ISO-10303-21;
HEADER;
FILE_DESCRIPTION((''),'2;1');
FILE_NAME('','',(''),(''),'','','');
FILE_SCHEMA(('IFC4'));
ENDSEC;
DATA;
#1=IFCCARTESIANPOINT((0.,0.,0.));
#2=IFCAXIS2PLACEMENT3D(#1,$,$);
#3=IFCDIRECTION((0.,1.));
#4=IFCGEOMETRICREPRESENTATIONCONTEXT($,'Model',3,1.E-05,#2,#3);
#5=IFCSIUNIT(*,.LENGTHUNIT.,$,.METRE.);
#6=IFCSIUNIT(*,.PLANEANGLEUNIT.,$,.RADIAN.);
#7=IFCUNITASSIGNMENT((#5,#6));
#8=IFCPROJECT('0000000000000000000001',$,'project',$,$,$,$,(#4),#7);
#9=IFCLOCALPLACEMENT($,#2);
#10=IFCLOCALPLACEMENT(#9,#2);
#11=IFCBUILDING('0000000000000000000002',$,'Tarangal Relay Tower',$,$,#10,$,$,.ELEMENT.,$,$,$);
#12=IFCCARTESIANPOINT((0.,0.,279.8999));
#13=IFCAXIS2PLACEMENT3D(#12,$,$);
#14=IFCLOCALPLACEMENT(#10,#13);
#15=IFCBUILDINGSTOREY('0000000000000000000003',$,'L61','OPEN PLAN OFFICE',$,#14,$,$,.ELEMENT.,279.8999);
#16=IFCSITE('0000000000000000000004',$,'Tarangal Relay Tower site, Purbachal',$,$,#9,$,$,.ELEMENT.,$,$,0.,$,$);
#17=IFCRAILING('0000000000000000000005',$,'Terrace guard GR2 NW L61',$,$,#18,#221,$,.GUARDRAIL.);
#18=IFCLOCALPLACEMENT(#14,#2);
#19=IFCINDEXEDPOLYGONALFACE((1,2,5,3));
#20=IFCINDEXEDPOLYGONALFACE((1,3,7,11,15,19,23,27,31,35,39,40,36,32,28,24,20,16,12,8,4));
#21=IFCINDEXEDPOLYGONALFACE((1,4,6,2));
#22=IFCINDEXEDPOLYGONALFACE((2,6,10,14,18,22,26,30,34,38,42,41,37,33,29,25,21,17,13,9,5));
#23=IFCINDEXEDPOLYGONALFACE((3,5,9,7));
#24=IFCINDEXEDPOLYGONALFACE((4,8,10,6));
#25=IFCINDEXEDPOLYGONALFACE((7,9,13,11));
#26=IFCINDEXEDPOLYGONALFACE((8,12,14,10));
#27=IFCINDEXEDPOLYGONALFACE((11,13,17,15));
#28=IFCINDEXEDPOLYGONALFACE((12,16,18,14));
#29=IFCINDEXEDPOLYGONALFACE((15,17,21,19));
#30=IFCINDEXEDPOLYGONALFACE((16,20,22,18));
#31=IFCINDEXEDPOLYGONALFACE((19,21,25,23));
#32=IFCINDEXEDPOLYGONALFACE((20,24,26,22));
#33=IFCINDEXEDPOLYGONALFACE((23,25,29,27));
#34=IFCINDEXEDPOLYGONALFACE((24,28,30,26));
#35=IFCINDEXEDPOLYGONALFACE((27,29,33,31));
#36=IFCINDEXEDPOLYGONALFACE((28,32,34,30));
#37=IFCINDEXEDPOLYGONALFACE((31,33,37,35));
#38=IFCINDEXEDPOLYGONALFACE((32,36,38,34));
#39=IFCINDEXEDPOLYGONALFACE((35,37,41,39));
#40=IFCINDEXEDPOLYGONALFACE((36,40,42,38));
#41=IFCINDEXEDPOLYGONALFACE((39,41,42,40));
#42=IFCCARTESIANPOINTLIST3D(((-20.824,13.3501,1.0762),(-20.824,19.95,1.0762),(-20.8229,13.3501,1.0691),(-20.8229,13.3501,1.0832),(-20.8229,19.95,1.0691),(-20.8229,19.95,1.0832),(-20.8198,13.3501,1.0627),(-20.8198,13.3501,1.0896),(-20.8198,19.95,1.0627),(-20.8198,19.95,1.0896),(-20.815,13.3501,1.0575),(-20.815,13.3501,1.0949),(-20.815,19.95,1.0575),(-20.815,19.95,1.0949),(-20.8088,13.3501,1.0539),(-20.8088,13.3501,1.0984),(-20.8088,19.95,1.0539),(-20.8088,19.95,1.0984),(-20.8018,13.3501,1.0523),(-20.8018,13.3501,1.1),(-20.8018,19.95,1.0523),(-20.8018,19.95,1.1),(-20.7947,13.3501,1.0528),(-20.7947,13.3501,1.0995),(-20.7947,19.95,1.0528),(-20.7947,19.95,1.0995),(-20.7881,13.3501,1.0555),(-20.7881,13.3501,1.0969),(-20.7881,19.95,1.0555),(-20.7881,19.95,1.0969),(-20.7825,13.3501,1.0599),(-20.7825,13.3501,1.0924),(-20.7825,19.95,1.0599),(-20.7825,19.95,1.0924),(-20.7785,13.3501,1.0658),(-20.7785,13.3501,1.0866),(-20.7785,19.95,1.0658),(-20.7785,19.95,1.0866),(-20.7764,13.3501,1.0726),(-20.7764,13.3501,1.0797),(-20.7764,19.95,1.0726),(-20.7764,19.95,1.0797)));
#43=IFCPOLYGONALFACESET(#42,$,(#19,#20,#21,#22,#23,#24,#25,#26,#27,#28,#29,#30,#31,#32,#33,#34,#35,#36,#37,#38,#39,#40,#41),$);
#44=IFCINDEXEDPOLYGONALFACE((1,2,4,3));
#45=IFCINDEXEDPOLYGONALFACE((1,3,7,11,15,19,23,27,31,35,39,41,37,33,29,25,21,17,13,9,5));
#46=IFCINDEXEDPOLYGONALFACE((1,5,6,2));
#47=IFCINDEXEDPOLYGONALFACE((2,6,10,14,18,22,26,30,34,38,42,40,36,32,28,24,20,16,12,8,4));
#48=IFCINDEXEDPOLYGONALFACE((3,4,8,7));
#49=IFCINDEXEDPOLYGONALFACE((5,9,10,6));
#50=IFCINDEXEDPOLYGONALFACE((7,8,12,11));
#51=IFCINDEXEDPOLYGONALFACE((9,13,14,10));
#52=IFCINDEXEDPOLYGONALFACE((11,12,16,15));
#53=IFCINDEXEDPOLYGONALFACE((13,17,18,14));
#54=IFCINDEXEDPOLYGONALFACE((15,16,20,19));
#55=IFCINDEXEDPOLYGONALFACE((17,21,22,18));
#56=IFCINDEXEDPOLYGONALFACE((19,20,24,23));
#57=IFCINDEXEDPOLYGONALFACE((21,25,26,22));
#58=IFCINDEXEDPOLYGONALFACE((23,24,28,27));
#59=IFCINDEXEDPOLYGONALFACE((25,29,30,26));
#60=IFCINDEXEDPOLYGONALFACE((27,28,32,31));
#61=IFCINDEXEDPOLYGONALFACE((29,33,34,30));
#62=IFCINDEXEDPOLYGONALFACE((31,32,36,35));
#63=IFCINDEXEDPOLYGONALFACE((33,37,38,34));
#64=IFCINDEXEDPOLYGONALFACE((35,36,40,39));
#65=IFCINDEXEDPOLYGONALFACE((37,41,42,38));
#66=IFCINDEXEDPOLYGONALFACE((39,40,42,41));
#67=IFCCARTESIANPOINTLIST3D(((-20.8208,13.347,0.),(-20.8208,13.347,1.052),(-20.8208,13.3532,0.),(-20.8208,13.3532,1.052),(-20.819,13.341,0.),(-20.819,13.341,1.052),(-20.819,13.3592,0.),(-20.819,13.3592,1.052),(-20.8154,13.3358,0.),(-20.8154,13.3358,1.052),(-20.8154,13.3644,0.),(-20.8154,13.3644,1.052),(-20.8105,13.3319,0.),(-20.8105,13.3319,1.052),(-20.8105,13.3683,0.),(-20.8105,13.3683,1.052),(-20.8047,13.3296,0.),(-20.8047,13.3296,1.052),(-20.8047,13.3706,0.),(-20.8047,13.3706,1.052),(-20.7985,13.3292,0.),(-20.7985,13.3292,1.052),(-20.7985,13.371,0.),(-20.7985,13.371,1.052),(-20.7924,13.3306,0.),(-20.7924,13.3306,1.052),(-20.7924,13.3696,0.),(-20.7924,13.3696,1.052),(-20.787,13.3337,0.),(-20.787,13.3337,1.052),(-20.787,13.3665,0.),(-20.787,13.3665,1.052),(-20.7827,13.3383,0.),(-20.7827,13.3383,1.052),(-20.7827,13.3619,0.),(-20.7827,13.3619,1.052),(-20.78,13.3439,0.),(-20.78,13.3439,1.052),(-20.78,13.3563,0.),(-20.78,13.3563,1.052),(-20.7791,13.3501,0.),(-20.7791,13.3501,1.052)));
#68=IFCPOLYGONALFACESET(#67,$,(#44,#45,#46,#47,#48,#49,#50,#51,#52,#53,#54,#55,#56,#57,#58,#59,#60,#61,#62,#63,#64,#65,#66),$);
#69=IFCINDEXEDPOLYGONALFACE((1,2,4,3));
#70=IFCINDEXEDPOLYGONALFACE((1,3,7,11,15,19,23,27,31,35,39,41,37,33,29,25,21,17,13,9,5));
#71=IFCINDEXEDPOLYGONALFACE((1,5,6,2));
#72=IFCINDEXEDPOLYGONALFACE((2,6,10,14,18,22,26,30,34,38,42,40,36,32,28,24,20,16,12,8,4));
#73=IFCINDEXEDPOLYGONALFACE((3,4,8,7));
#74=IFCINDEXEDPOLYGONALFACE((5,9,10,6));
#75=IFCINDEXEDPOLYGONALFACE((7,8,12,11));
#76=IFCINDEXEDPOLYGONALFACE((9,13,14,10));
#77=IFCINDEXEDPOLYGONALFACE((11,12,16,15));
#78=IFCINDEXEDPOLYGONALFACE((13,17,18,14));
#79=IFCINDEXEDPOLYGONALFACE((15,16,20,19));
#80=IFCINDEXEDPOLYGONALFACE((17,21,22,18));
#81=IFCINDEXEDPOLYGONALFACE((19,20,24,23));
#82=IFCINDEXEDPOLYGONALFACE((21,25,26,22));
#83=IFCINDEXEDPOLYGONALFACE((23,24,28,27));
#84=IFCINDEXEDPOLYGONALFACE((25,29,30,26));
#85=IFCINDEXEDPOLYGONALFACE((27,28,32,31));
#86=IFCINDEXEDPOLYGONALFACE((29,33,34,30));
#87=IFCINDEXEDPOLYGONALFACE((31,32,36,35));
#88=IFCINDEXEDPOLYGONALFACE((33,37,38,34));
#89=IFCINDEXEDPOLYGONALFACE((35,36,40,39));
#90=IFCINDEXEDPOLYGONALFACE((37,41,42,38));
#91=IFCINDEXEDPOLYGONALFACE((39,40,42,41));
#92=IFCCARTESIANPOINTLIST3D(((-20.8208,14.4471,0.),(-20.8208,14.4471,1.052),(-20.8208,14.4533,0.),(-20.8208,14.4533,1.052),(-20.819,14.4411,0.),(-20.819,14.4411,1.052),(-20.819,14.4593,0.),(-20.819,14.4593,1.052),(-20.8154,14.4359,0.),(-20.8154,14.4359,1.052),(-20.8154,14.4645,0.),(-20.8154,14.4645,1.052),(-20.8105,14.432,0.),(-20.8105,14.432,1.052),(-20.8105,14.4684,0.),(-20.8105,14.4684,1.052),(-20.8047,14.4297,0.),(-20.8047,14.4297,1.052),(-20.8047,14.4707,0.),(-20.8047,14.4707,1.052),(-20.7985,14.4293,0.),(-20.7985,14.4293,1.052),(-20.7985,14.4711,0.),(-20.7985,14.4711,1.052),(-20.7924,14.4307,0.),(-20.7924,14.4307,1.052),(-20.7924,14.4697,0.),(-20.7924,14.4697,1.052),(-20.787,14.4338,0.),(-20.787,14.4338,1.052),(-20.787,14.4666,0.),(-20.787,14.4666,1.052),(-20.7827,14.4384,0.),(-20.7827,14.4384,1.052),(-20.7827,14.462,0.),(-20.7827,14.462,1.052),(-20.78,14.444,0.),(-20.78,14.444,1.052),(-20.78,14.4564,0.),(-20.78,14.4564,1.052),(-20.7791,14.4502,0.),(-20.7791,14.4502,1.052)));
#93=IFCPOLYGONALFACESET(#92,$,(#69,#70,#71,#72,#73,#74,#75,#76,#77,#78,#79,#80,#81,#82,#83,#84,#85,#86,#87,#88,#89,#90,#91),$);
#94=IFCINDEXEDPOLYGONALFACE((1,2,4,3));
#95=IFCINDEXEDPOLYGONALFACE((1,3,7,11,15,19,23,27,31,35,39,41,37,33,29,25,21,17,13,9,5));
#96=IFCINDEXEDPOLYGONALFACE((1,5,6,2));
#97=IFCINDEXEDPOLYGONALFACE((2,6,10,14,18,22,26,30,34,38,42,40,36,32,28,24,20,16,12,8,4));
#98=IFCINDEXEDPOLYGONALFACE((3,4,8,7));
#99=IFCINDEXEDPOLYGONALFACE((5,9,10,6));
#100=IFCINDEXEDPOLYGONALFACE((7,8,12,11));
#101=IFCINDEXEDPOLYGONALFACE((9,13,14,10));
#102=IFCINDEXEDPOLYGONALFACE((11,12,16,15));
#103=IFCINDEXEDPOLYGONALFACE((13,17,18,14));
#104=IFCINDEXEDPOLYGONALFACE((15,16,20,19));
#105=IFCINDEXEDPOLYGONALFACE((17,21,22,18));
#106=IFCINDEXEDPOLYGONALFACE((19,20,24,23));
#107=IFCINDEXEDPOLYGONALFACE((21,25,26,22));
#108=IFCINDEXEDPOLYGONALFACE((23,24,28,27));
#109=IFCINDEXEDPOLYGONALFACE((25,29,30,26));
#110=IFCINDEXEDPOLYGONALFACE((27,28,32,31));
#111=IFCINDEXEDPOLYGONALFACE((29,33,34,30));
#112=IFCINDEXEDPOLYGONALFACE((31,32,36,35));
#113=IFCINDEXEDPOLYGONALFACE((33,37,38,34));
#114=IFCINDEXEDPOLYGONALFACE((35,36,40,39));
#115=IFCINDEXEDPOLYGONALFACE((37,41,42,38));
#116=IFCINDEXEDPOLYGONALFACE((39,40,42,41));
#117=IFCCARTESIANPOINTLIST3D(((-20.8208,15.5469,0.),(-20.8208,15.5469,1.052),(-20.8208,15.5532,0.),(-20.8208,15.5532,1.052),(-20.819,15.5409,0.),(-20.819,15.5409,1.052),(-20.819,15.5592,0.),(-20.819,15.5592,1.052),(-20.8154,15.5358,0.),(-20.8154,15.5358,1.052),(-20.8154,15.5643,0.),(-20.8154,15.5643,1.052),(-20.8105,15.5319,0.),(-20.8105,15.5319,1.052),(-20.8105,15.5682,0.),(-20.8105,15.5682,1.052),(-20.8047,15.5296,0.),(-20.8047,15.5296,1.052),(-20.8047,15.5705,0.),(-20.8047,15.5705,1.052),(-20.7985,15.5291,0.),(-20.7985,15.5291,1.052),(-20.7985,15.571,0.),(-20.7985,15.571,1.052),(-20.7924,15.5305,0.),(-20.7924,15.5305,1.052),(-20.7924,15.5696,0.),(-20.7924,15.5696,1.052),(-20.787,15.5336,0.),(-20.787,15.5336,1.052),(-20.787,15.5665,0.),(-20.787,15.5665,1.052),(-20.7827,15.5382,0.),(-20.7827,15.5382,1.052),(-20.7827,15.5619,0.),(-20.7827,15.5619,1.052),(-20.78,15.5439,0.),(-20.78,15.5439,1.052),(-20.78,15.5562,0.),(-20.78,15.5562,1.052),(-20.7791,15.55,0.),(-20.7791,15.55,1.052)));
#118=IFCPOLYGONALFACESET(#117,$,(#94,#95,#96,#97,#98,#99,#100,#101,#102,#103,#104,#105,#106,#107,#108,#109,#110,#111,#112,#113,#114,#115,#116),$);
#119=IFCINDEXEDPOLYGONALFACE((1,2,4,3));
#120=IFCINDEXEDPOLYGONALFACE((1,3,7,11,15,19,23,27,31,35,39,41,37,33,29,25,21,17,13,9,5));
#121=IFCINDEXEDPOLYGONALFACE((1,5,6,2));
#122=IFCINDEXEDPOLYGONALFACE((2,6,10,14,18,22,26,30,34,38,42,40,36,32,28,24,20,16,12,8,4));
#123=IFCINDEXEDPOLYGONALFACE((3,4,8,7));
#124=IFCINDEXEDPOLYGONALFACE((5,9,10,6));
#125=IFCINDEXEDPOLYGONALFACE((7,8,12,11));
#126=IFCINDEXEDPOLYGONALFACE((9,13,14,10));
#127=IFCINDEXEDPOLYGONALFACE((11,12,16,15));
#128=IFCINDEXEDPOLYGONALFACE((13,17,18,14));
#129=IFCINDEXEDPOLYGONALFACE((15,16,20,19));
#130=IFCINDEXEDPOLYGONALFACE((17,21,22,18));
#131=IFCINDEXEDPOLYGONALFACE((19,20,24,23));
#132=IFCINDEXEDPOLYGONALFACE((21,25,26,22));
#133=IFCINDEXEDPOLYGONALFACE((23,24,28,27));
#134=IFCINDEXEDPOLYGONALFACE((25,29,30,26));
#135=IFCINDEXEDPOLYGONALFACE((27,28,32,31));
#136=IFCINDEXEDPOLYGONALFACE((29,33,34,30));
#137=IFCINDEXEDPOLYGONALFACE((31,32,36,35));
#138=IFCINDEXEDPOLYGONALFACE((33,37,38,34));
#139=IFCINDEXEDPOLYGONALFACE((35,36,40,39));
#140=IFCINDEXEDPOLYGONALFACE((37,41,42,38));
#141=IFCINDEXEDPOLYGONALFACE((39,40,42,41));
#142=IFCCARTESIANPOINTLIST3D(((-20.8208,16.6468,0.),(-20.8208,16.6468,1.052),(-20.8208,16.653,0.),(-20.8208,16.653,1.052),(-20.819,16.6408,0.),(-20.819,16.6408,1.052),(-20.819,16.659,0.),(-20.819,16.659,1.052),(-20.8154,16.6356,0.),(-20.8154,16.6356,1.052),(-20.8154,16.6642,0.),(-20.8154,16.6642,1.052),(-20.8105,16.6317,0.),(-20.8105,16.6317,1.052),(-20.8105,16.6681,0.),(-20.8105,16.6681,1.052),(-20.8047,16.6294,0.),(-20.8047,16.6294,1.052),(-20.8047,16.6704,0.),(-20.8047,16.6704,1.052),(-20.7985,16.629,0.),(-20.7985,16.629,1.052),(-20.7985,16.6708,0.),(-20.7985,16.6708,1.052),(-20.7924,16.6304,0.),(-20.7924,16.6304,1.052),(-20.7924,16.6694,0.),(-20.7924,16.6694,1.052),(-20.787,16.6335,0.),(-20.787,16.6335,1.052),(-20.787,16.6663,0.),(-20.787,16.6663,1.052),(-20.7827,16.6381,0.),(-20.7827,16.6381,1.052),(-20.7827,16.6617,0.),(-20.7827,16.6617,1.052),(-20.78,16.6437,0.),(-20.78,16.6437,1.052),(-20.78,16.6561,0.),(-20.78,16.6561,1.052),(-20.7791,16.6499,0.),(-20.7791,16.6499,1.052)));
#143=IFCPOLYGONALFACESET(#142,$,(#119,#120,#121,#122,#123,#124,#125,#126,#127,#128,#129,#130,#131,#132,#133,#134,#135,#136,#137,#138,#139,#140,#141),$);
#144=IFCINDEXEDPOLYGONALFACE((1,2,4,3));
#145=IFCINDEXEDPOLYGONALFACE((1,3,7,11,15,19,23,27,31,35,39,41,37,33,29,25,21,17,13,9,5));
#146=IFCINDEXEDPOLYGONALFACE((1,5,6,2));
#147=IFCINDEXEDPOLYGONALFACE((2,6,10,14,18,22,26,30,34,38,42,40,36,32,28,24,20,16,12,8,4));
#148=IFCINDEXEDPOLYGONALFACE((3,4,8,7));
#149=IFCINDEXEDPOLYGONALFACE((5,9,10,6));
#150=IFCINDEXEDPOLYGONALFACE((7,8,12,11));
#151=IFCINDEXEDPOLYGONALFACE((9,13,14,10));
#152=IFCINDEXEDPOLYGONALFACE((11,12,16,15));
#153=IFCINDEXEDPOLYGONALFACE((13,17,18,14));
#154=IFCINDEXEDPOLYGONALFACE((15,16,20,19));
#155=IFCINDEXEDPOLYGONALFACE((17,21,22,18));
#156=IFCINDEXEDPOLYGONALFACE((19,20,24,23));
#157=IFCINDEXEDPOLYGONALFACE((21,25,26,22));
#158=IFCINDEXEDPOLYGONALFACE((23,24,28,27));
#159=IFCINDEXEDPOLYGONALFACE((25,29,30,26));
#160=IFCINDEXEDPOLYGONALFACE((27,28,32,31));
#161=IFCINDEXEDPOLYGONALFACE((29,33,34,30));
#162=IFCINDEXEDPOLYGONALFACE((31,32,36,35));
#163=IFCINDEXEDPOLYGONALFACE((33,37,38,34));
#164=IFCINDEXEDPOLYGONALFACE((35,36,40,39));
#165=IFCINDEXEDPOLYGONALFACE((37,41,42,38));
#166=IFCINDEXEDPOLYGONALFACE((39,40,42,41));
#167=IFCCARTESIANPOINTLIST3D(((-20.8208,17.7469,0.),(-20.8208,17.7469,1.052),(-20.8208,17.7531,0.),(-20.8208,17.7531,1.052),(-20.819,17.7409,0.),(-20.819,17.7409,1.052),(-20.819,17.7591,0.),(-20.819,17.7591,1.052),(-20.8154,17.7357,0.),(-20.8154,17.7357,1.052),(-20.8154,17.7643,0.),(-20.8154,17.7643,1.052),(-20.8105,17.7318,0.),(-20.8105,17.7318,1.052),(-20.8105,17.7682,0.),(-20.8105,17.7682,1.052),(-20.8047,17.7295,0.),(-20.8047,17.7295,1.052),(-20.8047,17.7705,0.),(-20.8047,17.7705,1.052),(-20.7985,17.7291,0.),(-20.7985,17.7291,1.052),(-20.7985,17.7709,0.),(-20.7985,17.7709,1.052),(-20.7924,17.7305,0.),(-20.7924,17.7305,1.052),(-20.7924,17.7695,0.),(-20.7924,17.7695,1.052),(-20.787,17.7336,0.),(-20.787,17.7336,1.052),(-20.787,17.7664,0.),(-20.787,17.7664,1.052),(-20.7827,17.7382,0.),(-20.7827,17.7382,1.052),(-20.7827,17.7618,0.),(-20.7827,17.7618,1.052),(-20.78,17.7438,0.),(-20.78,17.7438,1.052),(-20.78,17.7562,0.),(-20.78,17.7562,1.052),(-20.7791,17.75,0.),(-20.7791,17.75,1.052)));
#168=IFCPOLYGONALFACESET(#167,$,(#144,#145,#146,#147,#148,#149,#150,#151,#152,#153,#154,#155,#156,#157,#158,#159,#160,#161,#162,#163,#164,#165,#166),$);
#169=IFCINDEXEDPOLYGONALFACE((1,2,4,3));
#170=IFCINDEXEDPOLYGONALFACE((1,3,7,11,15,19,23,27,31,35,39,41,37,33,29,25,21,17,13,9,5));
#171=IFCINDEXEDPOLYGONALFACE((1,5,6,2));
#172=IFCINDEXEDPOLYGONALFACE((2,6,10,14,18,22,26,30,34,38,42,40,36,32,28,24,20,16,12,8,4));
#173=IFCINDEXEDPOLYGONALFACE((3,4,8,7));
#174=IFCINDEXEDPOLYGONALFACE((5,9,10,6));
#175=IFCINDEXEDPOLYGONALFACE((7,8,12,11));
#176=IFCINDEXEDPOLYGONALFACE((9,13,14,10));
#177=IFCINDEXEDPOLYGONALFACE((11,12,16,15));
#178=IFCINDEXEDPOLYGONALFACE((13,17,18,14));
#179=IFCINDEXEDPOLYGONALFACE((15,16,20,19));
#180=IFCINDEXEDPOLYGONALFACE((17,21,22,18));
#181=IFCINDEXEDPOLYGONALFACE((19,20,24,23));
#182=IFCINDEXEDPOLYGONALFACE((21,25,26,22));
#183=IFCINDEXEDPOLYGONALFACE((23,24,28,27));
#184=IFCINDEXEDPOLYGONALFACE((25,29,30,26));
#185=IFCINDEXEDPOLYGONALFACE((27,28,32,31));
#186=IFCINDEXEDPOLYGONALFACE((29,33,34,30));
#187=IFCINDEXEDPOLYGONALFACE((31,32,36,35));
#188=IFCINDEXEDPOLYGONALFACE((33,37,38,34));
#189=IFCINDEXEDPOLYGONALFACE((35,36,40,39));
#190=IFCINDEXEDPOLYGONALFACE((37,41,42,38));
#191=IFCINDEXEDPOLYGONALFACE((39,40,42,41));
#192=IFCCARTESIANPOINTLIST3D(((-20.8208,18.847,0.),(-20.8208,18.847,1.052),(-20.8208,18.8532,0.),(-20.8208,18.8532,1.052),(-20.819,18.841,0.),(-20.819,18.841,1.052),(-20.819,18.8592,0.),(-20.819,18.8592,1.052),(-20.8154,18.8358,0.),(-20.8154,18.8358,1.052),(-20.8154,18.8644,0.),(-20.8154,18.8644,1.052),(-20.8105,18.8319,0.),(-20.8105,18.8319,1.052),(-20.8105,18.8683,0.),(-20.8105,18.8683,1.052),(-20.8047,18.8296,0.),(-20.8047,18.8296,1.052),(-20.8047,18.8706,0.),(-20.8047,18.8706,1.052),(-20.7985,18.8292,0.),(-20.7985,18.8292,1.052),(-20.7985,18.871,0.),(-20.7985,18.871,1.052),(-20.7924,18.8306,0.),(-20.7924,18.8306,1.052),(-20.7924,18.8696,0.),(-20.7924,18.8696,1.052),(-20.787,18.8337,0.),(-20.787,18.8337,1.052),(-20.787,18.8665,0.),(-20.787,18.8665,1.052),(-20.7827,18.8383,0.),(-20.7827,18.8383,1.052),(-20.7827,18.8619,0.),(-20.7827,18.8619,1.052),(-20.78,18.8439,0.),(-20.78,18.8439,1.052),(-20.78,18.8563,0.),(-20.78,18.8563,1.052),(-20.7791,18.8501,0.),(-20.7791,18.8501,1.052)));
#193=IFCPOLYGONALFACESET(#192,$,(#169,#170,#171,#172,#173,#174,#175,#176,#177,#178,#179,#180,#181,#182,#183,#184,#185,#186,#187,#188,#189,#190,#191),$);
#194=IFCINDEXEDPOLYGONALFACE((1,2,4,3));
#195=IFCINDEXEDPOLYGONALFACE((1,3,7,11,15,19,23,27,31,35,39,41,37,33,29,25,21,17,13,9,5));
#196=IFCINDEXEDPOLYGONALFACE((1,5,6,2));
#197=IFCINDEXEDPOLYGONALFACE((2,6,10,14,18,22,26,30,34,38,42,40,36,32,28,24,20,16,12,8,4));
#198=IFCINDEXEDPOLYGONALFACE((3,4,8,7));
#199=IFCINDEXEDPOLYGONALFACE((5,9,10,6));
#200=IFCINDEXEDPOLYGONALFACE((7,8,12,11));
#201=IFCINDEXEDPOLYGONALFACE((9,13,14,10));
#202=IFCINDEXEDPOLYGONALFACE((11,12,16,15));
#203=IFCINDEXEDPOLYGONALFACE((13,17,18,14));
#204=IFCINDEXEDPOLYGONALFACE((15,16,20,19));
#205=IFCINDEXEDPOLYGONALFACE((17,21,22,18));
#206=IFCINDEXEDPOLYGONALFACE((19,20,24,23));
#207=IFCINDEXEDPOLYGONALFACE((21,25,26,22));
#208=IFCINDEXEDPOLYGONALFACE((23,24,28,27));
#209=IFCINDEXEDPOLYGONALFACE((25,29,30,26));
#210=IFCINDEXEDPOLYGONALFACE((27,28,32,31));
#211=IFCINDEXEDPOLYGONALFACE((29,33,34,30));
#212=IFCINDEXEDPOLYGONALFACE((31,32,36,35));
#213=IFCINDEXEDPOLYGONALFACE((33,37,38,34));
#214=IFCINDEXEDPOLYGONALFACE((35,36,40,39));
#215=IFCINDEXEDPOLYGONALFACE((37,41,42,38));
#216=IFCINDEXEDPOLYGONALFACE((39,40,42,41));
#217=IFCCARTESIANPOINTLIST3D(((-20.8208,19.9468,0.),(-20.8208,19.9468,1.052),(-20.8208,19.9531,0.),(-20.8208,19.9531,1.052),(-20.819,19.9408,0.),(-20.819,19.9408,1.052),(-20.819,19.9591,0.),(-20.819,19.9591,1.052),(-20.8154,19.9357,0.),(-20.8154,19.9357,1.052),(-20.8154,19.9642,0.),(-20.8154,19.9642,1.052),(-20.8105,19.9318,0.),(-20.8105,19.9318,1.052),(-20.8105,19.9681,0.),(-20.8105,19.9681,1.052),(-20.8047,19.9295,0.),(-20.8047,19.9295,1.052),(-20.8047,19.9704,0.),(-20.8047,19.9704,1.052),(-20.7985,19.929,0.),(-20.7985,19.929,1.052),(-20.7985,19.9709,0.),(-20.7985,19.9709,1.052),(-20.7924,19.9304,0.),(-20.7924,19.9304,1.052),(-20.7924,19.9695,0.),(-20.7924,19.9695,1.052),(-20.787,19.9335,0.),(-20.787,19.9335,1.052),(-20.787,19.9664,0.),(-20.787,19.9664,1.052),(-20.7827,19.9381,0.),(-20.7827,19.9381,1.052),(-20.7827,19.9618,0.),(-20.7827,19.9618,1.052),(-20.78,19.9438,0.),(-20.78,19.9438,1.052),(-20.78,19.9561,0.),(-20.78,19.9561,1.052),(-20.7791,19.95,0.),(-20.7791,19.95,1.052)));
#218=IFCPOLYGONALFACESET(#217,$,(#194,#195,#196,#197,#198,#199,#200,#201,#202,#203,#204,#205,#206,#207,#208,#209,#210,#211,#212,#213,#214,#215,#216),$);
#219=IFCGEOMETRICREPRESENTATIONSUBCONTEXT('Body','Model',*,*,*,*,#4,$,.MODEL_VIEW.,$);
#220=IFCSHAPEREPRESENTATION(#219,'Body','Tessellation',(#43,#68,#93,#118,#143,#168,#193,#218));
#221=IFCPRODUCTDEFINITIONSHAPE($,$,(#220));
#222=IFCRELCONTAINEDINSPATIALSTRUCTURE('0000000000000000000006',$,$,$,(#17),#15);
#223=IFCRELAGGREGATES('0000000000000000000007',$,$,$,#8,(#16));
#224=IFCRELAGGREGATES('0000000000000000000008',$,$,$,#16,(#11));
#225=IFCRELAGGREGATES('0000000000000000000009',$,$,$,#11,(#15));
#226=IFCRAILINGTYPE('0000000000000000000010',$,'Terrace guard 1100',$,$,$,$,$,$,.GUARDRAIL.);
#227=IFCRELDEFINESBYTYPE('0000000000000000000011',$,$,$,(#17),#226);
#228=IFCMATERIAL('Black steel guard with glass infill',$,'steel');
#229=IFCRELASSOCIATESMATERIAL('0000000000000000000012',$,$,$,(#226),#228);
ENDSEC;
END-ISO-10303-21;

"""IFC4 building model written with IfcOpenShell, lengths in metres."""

from ifc_helpers import new_model, si_unit, direction, frame, origin, origin_2d, place, context, subcontext, project, spatial, circle, extrude, material, type_object, element, save


model = new_model("IFC4")

# Units and contexts
model_context = context("Model", 3, precision=1e-05, world=origin(), true_north=direction((0.0, 1.0)))
body_context = subcontext(model_context, "Body", "Model", "MODEL_VIEW")
ifc_project = project(units=[si_unit("LENGTHUNIT", "METRE"), si_unit("PLANEANGLEUNIT", "RADIAN")], contexts=[model_context])

# Site, building, storey
site_placement = place(None, origin())
site = spatial("IfcSite", under=ifc_project, at=site_placement, Name="Tarangal Relay Tower site, Purbachal", CompositionType="ELEMENT", RefElevation=0.0)
building_placement = place(site_placement, origin())
building = spatial("IfcBuilding", under=site, at=building_placement, Name="Tarangal Relay Tower", CompositionType="ELEMENT")
storey_placement = place(building_placement, frame((0.0, 0.0, 279.8999)))
storey = spatial("IfcBuildingStorey", under=building, at=storey_placement, Name="L61", Description="OPEN PLAN OFFICE", CompositionType="ELEMENT", Elevation=279.8999)

# Railing
ifc_material_1 = material(Name="Black steel guard with glass infill", Category="steel")
railing_type = type_object("IfcRailingType", Name="Terrace guard 1100", PredefinedType="GUARDRAIL", material=ifc_material_1)
railing_1_placement = place(storey_placement, frame((-20.8, 13.3501, 0.0)))
element("IfcRailing", 1, at=railing_1_placement, inside=storey, type_object=railing_type, Name="Terrace guard GR2 NW L61", PredefinedType="GUARDRAIL", context=body_context, shape_type="SweptSolid", body=[
    extrude(circle(Radius=0.0239, at=origin_2d()), frame((0.0, 0.0, 1.0762), z_axis=(0.0, 1.0, 0.0), x_axis=(-1.0, 0.0, 0.0)), (0.0, 0.0, 1.0), 6.5999),
    extrude(circle(Radius=0.021, at=origin_2d()), origin(), (0.0, 0.0, 1.0), 1.052),
    extrude(circle(Radius=0.021, at=origin_2d()), frame((0.0, 1.1001, 0.0)), (0.0, 0.0, 1.0), 1.052),
    extrude(circle(Radius=0.021, at=origin_2d()), frame((0.0, 2.2, 0.0)), (0.0, 0.0, 1.0), 1.052),
    extrude(circle(Radius=0.021, at=origin_2d()), frame((0.0, 3.2998, 0.0)), (0.0, 0.0, 1.0), 1.052),
    extrude(circle(Radius=0.021, at=origin_2d()), frame((0.0, 4.3999, 0.0)), (0.0, 0.0, 1.0), 1.052),
    extrude(circle(Radius=0.021, at=origin_2d()), frame((0.0, 5.5, 0.0)), (0.0, 0.0, 1.0), 1.052),
    extrude(circle(Radius=0.021, at=origin_2d()), frame((0.0, 6.5999, 0.0)), (0.0, 0.0, 1.0), 1.052),
])

save(model, "model.ifc")
